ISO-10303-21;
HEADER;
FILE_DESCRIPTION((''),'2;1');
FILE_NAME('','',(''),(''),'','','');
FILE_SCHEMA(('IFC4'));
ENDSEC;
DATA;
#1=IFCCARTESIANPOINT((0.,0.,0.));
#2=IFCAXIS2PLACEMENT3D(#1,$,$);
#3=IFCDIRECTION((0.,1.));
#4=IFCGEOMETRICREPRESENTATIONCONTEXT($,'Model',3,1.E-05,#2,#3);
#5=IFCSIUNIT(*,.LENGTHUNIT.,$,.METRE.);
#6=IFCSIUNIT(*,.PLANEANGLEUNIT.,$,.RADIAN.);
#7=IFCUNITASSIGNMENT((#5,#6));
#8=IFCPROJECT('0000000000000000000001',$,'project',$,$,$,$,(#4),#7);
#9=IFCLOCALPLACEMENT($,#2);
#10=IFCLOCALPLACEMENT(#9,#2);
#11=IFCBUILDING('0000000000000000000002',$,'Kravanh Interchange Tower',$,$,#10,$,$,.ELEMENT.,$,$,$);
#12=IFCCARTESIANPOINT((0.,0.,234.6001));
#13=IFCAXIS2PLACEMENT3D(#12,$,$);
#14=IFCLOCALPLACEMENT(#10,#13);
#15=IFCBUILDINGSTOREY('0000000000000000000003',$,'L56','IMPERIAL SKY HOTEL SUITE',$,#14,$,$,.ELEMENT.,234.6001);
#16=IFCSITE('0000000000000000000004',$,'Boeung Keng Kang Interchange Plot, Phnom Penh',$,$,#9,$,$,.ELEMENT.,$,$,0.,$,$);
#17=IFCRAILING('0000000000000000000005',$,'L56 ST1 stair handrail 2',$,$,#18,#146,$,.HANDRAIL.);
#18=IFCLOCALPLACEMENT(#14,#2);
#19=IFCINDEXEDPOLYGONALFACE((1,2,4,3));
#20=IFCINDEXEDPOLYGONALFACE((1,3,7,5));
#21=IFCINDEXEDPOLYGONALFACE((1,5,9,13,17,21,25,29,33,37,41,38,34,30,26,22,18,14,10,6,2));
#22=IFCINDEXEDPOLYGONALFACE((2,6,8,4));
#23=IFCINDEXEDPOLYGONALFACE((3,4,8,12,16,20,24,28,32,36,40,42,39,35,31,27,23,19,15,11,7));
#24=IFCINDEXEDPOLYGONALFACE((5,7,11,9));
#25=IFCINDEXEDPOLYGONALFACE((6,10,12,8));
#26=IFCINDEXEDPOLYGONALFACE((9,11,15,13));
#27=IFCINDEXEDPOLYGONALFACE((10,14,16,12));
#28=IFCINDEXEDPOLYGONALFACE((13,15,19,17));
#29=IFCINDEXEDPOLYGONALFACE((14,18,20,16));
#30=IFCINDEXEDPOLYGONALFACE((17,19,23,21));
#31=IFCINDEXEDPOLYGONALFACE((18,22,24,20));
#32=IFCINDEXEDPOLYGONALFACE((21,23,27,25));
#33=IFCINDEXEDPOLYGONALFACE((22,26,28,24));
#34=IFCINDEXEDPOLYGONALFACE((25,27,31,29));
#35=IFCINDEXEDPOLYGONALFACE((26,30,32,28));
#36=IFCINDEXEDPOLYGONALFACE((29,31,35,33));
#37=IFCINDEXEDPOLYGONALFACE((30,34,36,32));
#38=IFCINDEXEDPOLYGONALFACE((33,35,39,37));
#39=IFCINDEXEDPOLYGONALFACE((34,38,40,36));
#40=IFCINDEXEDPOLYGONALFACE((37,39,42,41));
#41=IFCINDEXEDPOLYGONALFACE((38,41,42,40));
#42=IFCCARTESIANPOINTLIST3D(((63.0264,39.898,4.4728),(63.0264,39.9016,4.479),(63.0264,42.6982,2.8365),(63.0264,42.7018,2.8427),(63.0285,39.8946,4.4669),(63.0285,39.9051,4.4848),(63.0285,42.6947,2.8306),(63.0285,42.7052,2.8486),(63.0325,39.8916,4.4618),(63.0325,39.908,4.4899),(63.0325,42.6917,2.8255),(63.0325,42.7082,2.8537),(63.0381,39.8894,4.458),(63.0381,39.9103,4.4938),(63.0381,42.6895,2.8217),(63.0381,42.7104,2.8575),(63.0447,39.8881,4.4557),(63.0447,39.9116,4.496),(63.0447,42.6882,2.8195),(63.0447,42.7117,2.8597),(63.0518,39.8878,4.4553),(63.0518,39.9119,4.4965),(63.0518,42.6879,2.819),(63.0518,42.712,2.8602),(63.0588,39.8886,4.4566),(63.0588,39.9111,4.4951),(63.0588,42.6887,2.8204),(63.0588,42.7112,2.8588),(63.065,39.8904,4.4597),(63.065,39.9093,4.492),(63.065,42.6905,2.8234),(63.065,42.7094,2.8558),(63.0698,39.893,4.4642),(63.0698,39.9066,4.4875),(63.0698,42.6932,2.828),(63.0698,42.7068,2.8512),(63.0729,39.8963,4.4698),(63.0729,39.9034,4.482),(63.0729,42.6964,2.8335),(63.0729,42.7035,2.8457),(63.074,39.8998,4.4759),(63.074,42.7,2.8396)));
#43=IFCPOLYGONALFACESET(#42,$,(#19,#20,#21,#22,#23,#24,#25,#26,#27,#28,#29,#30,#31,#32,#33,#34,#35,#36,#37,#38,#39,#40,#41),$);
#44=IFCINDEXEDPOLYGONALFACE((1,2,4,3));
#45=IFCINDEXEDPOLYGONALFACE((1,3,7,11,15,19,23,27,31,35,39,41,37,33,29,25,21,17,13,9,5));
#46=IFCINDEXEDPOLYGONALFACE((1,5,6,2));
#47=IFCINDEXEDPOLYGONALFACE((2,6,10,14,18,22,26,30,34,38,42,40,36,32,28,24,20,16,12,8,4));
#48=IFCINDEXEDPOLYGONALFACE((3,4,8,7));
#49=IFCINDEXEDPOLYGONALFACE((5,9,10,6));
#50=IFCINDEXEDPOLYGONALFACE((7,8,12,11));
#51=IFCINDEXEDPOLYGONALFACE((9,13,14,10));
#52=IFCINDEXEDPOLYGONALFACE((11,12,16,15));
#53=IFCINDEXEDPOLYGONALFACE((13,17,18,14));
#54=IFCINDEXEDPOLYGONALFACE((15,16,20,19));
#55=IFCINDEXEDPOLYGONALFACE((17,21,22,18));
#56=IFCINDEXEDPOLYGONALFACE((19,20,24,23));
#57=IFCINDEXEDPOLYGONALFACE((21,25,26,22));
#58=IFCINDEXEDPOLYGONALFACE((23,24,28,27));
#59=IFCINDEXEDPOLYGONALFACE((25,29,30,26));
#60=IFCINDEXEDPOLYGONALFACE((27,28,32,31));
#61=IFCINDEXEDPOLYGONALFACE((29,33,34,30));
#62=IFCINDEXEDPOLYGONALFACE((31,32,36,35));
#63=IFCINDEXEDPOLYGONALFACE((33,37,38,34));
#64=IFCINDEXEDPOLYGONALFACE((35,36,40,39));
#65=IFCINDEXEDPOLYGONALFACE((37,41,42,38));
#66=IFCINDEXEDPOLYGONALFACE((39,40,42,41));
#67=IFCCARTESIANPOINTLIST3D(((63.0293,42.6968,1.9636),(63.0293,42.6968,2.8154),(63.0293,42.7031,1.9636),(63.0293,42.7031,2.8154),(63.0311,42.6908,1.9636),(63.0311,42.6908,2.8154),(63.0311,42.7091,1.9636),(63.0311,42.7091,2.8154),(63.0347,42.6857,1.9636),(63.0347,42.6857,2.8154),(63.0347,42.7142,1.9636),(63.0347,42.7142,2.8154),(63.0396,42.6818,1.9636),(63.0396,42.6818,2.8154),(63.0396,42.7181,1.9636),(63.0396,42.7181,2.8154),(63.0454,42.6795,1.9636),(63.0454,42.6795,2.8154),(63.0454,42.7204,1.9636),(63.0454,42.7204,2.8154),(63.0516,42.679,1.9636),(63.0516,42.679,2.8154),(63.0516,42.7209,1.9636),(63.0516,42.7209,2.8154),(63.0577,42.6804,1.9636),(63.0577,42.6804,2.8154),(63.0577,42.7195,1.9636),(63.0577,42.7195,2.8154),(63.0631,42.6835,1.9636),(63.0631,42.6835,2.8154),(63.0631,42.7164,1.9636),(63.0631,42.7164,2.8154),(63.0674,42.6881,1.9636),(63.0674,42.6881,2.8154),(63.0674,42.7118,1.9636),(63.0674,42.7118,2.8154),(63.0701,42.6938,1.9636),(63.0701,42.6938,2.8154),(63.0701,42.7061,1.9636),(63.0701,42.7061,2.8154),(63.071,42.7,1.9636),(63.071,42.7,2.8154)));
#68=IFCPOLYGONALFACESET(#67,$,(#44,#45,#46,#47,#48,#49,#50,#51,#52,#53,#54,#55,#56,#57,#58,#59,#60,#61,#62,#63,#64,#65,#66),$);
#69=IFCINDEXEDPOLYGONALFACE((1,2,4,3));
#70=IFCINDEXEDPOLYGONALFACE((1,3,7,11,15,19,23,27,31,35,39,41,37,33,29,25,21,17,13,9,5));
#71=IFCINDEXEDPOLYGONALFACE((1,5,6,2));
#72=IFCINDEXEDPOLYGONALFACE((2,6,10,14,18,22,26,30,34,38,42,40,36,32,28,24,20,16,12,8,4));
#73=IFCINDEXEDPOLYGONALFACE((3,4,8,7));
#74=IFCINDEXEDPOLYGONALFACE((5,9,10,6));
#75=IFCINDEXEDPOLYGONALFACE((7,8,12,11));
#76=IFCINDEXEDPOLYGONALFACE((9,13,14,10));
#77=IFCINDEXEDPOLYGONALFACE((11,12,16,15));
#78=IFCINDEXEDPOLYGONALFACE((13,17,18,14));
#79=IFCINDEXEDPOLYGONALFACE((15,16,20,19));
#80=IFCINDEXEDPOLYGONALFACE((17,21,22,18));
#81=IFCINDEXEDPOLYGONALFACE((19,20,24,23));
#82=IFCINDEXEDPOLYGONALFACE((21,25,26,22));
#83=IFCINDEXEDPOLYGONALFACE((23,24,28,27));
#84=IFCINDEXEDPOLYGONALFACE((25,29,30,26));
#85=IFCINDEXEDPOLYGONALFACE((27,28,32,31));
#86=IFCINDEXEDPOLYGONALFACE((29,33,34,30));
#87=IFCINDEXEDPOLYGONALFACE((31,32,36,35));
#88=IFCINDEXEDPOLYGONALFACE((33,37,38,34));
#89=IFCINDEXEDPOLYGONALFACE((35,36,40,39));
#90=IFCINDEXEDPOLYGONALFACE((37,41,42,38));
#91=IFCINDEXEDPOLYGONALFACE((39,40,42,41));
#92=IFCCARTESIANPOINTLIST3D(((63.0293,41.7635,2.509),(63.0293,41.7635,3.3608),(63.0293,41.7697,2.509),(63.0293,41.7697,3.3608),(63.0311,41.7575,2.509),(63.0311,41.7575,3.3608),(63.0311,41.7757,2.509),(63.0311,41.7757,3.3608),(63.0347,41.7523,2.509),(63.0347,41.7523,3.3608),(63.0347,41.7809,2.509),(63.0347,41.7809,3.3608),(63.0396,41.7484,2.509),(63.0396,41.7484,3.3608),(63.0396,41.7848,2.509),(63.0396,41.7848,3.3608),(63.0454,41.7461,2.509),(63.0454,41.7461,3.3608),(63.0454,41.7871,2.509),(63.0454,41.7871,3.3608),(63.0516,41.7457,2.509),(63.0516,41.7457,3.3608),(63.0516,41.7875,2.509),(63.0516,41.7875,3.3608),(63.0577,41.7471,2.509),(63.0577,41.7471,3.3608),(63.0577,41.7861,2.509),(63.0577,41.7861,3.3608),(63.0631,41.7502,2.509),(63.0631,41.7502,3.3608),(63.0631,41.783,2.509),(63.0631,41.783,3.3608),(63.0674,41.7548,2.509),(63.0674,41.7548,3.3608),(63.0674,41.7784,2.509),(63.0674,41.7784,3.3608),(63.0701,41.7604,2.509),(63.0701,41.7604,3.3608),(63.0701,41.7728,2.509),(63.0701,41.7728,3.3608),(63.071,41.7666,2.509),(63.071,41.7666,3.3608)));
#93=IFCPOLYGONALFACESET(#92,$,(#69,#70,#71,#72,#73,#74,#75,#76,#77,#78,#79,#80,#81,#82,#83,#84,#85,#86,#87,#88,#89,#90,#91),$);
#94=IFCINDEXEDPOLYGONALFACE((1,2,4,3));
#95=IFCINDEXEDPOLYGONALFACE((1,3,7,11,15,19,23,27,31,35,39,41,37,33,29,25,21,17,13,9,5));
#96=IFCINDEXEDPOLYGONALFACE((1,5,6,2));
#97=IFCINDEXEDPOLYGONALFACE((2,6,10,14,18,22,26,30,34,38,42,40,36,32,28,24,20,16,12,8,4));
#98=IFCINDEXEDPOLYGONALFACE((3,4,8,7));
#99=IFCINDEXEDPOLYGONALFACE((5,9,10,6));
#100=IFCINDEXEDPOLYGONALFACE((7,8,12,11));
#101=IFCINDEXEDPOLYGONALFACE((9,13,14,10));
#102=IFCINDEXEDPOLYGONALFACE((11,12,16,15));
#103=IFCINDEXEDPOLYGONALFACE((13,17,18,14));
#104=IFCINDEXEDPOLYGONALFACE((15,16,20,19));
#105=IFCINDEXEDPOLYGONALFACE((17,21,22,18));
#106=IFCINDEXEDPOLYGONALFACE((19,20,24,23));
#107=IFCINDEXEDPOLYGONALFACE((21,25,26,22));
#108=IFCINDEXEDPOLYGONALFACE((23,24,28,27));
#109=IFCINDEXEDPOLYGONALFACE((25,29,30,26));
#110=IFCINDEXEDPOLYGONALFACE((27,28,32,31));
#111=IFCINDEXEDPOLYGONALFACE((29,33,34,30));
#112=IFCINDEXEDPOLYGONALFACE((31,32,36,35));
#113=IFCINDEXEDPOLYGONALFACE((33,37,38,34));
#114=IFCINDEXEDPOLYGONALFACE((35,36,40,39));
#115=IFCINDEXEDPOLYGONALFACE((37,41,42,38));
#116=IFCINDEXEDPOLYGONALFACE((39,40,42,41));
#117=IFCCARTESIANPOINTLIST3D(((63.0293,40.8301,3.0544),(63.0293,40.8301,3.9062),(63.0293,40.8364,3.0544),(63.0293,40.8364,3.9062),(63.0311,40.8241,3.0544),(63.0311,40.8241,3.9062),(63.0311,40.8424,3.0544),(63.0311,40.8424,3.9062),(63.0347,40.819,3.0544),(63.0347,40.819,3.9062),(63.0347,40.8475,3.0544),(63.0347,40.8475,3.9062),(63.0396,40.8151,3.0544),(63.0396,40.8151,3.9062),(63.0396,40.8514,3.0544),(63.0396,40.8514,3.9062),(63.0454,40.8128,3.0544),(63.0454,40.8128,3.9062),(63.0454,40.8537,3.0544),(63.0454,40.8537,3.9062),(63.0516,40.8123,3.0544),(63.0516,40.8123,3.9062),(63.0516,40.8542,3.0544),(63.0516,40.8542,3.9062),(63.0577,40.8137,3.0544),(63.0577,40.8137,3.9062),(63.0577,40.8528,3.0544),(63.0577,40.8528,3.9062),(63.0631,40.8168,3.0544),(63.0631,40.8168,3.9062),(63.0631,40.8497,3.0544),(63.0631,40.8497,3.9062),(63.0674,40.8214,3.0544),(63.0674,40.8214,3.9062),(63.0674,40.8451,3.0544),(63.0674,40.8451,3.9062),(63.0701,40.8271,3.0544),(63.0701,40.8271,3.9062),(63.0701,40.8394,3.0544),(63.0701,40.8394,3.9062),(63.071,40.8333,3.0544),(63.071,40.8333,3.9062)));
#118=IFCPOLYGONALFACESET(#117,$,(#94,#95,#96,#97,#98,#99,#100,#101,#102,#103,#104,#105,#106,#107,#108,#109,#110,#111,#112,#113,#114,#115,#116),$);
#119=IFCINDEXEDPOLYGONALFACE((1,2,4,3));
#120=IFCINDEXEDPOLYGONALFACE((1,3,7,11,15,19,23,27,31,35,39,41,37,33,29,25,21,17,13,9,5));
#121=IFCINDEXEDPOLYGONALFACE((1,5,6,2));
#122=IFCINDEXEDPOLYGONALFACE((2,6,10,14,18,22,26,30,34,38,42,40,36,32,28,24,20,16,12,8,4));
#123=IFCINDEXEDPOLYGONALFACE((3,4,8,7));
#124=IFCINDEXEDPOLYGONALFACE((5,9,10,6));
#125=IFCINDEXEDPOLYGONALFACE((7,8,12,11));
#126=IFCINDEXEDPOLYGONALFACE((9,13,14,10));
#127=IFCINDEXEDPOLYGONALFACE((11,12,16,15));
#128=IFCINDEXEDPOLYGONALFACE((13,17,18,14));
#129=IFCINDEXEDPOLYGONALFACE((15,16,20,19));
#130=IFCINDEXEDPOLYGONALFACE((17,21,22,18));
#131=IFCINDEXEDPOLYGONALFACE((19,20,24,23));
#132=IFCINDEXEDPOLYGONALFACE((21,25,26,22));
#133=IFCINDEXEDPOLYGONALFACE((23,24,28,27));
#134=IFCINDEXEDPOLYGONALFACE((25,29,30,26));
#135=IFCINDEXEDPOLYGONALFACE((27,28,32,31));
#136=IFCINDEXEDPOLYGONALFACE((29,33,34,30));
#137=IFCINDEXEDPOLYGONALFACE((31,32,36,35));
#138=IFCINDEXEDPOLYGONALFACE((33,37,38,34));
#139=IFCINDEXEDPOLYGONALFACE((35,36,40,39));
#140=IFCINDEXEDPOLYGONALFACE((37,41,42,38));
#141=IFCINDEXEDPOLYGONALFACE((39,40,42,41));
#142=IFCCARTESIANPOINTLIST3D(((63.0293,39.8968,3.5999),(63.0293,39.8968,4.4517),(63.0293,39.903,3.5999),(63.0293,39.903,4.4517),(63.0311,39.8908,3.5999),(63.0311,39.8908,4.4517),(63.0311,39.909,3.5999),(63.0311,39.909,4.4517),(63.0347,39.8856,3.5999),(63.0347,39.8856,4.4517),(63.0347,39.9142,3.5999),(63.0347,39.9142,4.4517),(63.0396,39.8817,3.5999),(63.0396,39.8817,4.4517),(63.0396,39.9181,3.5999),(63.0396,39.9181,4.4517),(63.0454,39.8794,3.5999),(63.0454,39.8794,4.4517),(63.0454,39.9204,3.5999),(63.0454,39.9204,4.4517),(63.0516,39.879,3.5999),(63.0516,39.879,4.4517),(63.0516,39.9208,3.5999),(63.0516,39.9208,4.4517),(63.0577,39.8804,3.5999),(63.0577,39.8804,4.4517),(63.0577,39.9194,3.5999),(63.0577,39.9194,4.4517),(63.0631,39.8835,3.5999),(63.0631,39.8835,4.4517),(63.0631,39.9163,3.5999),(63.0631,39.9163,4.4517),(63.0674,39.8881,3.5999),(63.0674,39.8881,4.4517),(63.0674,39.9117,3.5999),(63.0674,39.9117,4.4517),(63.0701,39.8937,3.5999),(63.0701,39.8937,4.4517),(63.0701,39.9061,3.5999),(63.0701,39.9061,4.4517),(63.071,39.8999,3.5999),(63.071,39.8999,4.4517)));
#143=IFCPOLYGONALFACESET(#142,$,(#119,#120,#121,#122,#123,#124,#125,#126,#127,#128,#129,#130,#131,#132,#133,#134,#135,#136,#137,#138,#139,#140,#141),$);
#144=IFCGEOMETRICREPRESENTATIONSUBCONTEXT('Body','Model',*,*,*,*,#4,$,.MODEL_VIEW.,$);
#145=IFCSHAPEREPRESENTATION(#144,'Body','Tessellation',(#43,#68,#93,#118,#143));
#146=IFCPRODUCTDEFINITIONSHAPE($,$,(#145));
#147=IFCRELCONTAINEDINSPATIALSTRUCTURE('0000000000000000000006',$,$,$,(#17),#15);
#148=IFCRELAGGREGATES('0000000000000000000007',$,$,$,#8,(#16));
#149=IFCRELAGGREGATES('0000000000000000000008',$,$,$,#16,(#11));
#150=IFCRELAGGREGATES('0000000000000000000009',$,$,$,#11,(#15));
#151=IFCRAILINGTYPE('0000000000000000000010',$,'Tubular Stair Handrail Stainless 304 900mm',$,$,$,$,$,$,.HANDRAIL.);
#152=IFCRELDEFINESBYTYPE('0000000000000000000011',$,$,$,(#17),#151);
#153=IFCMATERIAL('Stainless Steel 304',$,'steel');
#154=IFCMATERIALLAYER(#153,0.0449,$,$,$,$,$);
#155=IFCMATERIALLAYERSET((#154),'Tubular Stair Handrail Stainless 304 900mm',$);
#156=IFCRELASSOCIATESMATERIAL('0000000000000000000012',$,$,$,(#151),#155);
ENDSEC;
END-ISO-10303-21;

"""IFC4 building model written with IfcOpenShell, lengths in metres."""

from ifc_helpers import new_model, si_unit, direction, frame, origin, origin_2d, place, context, subcontext, project, spatial, circle, extrude, material, layer, layer_set, type_object, element, save


model = new_model("IFC4")

# Units and contexts
model_context = context("Model", 3, precision=1e-05, world=origin(), true_north=direction((0.0, 1.0)))
body_context = subcontext(model_context, "Body", "Model", "MODEL_VIEW")
ifc_project = project(units=[si_unit("LENGTHUNIT", "METRE"), si_unit("PLANEANGLEUNIT", "RADIAN")], contexts=[model_context])

# Site, building, storey
site_placement = place(None, origin())
site = spatial("IfcSite", under=ifc_project, at=site_placement, Name="Boeung Keng Kang Interchange Plot, Phnom Penh", CompositionType="ELEMENT", RefElevation=0.0)
building_placement = place(site_placement, origin())
building = spatial("IfcBuilding", under=site, at=building_placement, Name="Kravanh Interchange Tower", CompositionType="ELEMENT")
storey_placement = place(building_placement, frame((0.0, 0.0, 234.6001)))
storey = spatial("IfcBuildingStorey", under=building, at=storey_placement, Name="L56", Description="IMPERIAL SKY HOTEL SUITE", CompositionType="ELEMENT", Elevation=234.6001)

# Railing
ifc_material_1 = material(Name="Stainless Steel 304", Category="steel")
ifc_layer_1 = layer(ifc_material_1, 0.0449)
ifc_layer_set_1 = layer_set([ifc_layer_1], Name="Tubular Stair Handrail Stainless 304 900mm")
railing_type_1 = type_object("IfcRailingType", Name="Tubular Stair Handrail Stainless 304 900mm", PredefinedType="HANDRAIL", material=ifc_layer_set_1)
railing_1_placement = place(storey_placement, frame((63.05, 42.7, 1.9636)))
element("IfcRailing", 1, at=railing_1_placement, inside=storey, type_object=railing_type_1, Name="L56 ST1 stair handrail 2", PredefinedType="HANDRAIL", context=body_context, shape_type="SweptSolid", body=[
    extrude(circle(Radius=0.0239, at=origin_2d()), frame((0.0, 0.0, 0.876), z_axis=(0.0, -0.863394, 0.504531), x_axis=(1.0, 0.0, 0.0)), (0.0, 0.0, 1.0), 3.2432),
    extrude(circle(Radius=0.021, at=origin_2d()), origin(), (0.0, 0.0, 1.0), 0.8518),
    extrude(circle(Radius=0.021, at=origin_2d()), frame((0.0, -0.9333, 0.5454)), (0.0, 0.0, 1.0), 0.8518),
    extrude(circle(Radius=0.021, at=origin_2d()), frame((0.0, -1.8667, 1.0908)), (0.0, 0.0, 1.0), 0.8518),
    extrude(circle(Radius=0.021, at=origin_2d()), frame((0.0, -2.8, 1.6362)), (0.0, 0.0, 1.0), 0.8518),
])

save(model, "model.ifc")
